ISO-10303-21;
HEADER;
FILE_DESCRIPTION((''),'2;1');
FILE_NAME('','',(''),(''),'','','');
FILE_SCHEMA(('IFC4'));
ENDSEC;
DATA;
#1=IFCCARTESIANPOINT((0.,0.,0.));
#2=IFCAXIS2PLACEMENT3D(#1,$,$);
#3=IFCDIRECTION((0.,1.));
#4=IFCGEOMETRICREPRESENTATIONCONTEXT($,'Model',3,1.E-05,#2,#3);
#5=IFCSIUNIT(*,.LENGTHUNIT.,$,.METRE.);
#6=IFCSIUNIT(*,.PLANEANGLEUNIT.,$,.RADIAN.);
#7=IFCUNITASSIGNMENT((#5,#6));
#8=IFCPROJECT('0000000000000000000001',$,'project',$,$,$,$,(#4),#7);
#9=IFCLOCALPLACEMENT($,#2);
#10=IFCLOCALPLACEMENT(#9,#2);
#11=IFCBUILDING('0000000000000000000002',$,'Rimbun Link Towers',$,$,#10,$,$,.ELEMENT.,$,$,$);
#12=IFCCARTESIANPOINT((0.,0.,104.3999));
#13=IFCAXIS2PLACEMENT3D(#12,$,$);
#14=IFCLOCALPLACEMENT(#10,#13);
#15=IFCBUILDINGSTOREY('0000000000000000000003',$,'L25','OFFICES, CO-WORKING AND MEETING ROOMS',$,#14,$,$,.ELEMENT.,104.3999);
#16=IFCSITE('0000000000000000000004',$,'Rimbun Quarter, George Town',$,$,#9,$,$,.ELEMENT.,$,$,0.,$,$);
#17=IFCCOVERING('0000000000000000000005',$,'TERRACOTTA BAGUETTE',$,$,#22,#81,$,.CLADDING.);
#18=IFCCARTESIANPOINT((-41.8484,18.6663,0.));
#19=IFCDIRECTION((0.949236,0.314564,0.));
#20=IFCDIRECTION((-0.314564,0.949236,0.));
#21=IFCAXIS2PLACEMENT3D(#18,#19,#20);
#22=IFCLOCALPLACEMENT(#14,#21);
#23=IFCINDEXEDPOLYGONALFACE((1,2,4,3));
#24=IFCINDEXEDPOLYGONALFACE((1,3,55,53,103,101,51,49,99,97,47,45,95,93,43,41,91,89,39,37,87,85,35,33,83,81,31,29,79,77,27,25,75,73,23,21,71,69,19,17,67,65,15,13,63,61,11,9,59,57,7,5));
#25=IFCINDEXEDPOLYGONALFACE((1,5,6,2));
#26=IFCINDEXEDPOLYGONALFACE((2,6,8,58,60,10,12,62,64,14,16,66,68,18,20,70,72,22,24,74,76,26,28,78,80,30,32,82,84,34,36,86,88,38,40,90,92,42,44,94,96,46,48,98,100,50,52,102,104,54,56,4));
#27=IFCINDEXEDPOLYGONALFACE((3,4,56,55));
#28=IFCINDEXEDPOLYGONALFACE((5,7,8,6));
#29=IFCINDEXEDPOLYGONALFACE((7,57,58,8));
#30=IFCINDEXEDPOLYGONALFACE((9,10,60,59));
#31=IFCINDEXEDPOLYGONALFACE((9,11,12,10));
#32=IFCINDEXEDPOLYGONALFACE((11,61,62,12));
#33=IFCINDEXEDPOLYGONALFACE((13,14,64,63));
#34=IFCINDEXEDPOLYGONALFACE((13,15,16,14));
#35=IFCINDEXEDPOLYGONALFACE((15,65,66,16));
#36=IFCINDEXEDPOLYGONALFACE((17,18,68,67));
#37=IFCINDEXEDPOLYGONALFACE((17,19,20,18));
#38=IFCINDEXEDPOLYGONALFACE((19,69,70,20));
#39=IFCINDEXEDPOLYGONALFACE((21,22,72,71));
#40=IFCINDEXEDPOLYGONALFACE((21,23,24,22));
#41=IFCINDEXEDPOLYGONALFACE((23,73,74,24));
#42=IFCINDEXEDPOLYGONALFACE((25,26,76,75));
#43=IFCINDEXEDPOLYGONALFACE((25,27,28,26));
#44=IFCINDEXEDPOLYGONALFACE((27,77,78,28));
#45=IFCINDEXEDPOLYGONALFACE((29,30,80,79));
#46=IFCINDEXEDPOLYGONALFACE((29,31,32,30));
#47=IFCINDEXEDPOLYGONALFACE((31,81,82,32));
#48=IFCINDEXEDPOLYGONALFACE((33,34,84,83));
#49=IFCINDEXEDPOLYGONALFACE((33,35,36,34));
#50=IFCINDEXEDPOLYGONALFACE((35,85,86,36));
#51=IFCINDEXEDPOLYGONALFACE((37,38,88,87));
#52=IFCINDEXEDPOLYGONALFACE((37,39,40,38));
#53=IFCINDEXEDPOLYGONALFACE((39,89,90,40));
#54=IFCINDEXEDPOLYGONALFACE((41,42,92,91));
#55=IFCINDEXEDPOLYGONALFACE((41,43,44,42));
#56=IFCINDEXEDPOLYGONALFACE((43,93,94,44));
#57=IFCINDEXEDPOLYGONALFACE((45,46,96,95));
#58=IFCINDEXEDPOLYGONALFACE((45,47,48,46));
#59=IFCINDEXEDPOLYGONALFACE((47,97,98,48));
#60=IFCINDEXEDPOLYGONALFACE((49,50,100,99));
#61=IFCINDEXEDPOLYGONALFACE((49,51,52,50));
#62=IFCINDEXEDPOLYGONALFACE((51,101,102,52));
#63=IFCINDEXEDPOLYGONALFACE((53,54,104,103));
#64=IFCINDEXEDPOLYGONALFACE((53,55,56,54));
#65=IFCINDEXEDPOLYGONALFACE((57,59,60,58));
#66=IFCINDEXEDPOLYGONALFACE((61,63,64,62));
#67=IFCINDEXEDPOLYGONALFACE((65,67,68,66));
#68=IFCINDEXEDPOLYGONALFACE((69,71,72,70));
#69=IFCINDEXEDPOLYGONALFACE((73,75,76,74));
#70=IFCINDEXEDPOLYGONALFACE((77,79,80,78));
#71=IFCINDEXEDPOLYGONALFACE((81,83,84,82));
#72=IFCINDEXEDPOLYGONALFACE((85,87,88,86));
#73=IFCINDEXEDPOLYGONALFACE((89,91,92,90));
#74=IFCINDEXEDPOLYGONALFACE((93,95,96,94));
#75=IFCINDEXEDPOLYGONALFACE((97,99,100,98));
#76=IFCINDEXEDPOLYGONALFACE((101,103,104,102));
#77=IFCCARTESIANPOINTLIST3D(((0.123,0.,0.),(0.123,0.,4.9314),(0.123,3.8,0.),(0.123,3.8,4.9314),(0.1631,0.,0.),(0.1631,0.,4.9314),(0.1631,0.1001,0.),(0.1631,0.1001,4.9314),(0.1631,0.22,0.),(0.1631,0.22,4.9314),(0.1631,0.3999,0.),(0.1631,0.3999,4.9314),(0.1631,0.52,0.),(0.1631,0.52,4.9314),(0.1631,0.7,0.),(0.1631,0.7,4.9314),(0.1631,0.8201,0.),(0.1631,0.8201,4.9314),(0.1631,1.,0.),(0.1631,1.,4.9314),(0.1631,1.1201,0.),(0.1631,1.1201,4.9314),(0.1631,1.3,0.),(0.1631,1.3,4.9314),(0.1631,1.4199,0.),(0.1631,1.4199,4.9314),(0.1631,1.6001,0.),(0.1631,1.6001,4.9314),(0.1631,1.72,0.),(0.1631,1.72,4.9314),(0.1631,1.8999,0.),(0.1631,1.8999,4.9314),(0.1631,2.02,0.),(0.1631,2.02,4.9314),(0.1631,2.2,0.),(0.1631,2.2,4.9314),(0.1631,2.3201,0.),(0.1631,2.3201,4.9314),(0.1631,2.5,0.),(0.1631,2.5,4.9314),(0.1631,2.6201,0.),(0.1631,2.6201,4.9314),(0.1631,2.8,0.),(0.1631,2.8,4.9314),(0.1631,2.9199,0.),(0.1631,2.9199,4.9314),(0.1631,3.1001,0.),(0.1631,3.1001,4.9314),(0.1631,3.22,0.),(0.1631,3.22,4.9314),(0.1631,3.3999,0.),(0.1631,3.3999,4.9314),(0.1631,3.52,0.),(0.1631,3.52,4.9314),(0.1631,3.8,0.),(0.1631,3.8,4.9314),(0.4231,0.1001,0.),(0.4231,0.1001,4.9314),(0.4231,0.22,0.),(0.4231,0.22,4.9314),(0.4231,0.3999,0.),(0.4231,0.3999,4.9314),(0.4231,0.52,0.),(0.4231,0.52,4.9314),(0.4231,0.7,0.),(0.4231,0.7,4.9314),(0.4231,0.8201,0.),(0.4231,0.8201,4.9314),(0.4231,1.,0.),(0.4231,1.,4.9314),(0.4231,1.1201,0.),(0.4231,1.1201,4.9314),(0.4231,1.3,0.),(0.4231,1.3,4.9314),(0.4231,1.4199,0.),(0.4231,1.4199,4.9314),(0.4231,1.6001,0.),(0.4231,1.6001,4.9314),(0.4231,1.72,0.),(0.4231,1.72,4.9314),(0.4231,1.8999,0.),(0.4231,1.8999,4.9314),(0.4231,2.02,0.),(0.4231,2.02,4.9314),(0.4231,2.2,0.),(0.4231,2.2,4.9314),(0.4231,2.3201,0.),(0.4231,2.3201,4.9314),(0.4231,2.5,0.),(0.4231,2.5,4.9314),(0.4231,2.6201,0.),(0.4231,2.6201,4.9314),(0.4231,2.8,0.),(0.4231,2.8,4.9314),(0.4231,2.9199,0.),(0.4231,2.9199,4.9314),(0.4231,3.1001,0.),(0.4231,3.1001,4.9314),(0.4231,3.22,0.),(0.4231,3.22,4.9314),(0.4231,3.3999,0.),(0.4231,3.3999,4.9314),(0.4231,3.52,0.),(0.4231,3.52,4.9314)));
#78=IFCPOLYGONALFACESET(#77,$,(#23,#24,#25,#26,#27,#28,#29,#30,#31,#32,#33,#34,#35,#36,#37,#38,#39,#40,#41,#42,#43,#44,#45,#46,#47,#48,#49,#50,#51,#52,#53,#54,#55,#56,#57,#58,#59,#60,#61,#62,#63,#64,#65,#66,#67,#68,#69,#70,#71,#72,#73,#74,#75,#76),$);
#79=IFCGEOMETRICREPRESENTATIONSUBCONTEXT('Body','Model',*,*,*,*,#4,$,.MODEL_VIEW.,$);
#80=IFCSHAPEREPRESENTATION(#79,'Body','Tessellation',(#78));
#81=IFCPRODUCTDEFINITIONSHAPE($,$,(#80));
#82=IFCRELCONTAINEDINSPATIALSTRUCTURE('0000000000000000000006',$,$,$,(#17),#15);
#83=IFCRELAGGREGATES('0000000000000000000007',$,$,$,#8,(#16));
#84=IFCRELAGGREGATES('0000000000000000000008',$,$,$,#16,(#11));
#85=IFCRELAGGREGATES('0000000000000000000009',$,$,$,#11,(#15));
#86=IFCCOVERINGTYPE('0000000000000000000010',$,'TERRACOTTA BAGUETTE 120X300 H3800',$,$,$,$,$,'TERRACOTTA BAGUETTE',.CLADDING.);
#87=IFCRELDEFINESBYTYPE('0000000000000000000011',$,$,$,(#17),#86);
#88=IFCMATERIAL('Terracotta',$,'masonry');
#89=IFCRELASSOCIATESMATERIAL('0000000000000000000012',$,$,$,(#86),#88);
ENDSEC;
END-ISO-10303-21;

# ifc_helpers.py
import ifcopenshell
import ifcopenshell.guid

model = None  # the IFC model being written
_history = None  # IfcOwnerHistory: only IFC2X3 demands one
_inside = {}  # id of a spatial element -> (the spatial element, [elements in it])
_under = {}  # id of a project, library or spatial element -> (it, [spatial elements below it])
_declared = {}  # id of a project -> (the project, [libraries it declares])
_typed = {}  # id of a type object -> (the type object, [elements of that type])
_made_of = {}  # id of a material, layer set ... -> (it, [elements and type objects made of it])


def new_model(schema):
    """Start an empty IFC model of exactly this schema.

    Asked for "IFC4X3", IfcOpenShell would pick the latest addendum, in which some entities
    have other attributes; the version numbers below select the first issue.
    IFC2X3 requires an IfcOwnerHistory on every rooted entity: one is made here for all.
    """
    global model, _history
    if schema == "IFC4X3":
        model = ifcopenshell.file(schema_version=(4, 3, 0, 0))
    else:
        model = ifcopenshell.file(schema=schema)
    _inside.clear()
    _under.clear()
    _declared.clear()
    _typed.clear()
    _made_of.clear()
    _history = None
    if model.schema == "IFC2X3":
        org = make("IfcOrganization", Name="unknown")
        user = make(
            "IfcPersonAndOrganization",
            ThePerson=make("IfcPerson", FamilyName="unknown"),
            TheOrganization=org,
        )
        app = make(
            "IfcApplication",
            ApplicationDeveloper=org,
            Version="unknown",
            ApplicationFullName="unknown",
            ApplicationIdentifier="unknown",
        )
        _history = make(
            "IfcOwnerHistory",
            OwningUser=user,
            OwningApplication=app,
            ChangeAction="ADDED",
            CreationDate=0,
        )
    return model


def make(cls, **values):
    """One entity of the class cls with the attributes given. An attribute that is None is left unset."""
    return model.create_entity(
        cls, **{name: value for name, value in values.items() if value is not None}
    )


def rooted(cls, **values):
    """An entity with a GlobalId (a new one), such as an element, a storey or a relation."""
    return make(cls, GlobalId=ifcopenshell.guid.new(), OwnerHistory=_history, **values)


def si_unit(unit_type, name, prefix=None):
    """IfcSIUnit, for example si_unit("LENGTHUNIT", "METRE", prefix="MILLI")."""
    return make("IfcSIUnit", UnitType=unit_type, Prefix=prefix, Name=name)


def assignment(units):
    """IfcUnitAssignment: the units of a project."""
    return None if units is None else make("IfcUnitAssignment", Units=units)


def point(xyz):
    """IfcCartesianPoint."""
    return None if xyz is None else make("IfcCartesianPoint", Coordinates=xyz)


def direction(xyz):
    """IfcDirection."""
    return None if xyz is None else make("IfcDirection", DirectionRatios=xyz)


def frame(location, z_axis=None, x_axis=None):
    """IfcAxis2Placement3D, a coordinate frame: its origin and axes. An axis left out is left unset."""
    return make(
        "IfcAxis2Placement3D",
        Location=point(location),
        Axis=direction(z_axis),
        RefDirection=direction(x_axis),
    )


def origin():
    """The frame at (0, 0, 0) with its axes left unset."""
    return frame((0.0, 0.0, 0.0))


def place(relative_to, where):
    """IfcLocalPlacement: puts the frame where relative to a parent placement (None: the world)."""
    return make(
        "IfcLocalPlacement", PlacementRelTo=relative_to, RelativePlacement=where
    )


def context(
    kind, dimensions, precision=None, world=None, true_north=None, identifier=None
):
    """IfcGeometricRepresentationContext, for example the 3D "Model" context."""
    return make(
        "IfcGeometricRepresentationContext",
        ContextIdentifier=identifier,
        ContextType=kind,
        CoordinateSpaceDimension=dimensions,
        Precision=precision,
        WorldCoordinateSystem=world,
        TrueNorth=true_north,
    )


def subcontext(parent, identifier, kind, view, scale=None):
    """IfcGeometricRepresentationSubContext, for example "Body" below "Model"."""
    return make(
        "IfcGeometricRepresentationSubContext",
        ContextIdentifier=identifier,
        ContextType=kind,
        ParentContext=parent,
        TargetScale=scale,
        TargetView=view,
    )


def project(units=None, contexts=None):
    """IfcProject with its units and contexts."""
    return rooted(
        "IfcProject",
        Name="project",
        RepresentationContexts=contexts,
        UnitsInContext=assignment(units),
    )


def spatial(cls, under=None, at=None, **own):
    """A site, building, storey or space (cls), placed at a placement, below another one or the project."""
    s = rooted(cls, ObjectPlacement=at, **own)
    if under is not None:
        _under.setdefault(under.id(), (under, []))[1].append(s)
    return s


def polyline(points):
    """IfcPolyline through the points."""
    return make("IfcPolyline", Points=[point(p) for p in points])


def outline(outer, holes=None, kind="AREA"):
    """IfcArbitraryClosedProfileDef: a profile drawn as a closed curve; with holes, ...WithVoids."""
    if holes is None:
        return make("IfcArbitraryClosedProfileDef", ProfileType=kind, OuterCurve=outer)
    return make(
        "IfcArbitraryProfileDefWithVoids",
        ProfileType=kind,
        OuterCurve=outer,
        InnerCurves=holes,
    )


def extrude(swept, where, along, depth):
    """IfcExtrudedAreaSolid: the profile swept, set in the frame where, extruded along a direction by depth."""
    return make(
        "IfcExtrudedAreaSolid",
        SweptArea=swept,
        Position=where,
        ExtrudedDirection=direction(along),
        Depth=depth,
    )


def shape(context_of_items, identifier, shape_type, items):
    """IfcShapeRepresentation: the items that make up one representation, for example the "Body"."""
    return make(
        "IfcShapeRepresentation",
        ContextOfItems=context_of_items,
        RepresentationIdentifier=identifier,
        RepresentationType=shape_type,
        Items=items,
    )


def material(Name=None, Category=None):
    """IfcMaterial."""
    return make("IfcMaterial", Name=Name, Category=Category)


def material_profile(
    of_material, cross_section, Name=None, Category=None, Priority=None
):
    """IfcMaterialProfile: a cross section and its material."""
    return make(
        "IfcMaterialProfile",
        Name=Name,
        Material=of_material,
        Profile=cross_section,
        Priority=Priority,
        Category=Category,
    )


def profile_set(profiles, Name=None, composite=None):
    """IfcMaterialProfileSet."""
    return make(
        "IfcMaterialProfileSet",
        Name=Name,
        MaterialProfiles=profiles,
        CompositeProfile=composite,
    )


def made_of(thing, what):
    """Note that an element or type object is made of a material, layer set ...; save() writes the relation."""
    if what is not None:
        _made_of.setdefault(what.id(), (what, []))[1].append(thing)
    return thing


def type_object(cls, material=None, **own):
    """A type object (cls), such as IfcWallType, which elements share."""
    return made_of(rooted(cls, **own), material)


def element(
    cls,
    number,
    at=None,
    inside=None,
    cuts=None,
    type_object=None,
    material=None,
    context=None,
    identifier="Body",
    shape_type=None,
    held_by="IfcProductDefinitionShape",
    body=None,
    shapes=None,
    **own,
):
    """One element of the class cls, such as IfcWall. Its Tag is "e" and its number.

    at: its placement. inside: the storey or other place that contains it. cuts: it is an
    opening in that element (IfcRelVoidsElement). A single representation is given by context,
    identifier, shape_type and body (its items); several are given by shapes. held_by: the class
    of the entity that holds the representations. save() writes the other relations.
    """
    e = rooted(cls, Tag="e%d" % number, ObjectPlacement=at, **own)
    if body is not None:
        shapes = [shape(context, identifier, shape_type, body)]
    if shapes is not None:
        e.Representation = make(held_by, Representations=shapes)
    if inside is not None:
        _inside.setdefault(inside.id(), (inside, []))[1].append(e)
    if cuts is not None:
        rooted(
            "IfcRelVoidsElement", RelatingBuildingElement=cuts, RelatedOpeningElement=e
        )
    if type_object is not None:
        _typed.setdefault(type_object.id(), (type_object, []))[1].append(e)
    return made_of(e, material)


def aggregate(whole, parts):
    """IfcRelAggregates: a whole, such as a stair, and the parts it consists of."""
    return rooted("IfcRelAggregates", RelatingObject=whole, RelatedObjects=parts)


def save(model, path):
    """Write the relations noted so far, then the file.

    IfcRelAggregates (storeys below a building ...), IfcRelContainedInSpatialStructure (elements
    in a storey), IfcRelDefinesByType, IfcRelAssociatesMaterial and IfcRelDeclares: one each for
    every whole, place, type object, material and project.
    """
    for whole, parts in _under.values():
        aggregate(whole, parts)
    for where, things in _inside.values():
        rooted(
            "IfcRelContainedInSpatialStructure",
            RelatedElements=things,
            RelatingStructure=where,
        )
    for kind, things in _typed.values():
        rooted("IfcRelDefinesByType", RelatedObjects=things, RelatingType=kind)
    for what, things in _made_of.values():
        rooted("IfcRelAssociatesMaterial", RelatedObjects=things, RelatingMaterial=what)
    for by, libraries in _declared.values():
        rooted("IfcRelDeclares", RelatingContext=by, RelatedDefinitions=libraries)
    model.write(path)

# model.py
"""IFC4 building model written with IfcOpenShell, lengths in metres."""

from ifc_helpers import new_model, si_unit, direction, frame, origin, place, context, subcontext, project, spatial, polyline, outline, extrude, material, material_profile, profile_set, type_object, element, save


model = new_model("IFC4")

# Units and contexts
model_context = context("Model", 3, precision=1e-05, world=origin(), true_north=direction((0.0, 1.0)))
body_context = subcontext(model_context, "Body", "Model", "MODEL_VIEW")
ifc_project = project(units=[si_unit("LENGTHUNIT", "METRE"), si_unit("PLANEANGLEUNIT", "RADIAN")], contexts=[model_context])

# Site, building, storey
site_placement = place(None, origin())
site = spatial("IfcSite", under=ifc_project, at=site_placement, Name="Rimbun Quarter, George Town", CompositionType="ELEMENT", RefElevation=0.0)
building_placement = place(site_placement, origin())
building = spatial("IfcBuilding", under=site, at=building_placement, Name="Rimbun Link Towers", CompositionType="ELEMENT")
storey_placement = place(building_placement, frame((0.0, 0.0, 104.3999)))
storey = spatial("IfcBuildingStorey", under=building, at=storey_placement, Name="L25", Description="OFFICES, CO-WORKING AND MEETING ROOMS", CompositionType="ELEMENT", Elevation=104.3999)

# Covering
ifc_material_1 = material(Name="Terracotta", Category="masonry")
ifc_material_profile_1 = material_profile(ifc_material_1, outline(polyline([(0.123, 0.0), (0.1631, 0.0), (0.1631, 0.1001), (0.4231, 0.1001), (0.4231, 0.22), (0.1631, 0.22), (0.1631, 0.3999), (0.4231, 0.3999), (0.4231, 0.52), (0.1631, 0.52), (0.1631, 0.7), (0.4231, 0.7), (0.4231, 0.8201), (0.1631, 0.8201), (0.1631, 1.0), (0.4231, 1.0), (0.4231, 1.1201), (0.1631, 1.1201), (0.1631, 1.3), (0.4231, 1.3), (0.4231, 1.4199), (0.1631, 1.4199), (0.1631, 1.6001), (0.4231, 1.6001), (0.4231, 1.72), (0.1631, 1.72), (0.1631, 1.8999), (0.4231, 1.8999), (0.4231, 2.02), (0.1631, 2.02), (0.1631, 2.2), (0.4231, 2.2), (0.4231, 2.3201), (0.1631, 2.3201), (0.1631, 2.5), (0.4231, 2.5), (0.4231, 2.6201), (0.1631, 2.6201), (0.1631, 2.8), (0.4231, 2.8), (0.4231, 2.9199), (0.1631, 2.9199), (0.1631, 3.1001), (0.4231, 3.1001), (0.4231, 3.22), (0.1631, 3.22), (0.1631, 3.3999), (0.4231, 3.3999), (0.4231, 3.52), (0.1631, 3.52), (0.1631, 3.8), (0.123, 3.8), (0.123, 0.0)])), Name="BAGUETTE 120X300")
ifc_profile_set_1 = profile_set([ifc_material_profile_1], Name="Terracotta")
covering_type = type_object("IfcCoveringType", Name="TERRACOTTA BAGUETTE 120X300 H3800", ElementType="TERRACOTTA BAGUETTE", PredefinedType="CLADDING", material=ifc_profile_set_1)
covering_1_placement = place(storey_placement, frame((-41.8484, 18.6663, 0.0), z_axis=(0.949236, 0.314564, 0.0), x_axis=(-0.314564, 0.949236, 0.0)))
element("IfcCovering", 1, at=covering_1_placement, inside=storey, type_object=covering_type, Name="TERRACOTTA BAGUETTE", PredefinedType="CLADDING", context=body_context, shape_type="SweptSolid", body=[
    extrude(outline(polyline([(0.123, 0.0), (0.1631, 0.0), (0.1631, 0.1001), (0.4231, 0.1001), (0.4231, 0.22), (0.1631, 0.22), (0.1631, 0.3999), (0.4231, 0.3999), (0.4231, 0.52), (0.1631, 0.52), (0.1631, 0.7), (0.4231, 0.7), (0.4231, 0.8201), (0.1631, 0.8201), (0.1631, 1.0), (0.4231, 1.0), (0.4231, 1.1201), (0.1631, 1.1201), (0.1631, 1.3), (0.4231, 1.3), (0.4231, 1.4199), (0.1631, 1.4199), (0.1631, 1.6001), (0.4231, 1.6001), (0.4231, 1.72), (0.1631, 1.72), (0.1631, 1.8999), (0.4231, 1.8999), (0.4231, 2.02), (0.1631, 2.02), (0.1631, 2.2), (0.4231, 2.2), (0.4231, 2.3201), (0.1631, 2.3201), (0.1631, 2.5), (0.4231, 2.5), (0.4231, 2.6201), (0.1631, 2.6201), (0.1631, 2.8), (0.4231, 2.8), (0.4231, 2.9199), (0.1631, 2.9199), (0.1631, 3.1001), (0.4231, 3.1001), (0.4231, 3.22), (0.1631, 3.22), (0.1631, 3.3999), (0.4231, 3.3999), (0.4231, 3.52), (0.1631, 3.52), (0.1631, 3.8), (0.123, 3.8), (0.123, 0.0)])), origin(), (0.0, 0.0, 1.0), 4.9314),
])

save(model, "model.ifc")
